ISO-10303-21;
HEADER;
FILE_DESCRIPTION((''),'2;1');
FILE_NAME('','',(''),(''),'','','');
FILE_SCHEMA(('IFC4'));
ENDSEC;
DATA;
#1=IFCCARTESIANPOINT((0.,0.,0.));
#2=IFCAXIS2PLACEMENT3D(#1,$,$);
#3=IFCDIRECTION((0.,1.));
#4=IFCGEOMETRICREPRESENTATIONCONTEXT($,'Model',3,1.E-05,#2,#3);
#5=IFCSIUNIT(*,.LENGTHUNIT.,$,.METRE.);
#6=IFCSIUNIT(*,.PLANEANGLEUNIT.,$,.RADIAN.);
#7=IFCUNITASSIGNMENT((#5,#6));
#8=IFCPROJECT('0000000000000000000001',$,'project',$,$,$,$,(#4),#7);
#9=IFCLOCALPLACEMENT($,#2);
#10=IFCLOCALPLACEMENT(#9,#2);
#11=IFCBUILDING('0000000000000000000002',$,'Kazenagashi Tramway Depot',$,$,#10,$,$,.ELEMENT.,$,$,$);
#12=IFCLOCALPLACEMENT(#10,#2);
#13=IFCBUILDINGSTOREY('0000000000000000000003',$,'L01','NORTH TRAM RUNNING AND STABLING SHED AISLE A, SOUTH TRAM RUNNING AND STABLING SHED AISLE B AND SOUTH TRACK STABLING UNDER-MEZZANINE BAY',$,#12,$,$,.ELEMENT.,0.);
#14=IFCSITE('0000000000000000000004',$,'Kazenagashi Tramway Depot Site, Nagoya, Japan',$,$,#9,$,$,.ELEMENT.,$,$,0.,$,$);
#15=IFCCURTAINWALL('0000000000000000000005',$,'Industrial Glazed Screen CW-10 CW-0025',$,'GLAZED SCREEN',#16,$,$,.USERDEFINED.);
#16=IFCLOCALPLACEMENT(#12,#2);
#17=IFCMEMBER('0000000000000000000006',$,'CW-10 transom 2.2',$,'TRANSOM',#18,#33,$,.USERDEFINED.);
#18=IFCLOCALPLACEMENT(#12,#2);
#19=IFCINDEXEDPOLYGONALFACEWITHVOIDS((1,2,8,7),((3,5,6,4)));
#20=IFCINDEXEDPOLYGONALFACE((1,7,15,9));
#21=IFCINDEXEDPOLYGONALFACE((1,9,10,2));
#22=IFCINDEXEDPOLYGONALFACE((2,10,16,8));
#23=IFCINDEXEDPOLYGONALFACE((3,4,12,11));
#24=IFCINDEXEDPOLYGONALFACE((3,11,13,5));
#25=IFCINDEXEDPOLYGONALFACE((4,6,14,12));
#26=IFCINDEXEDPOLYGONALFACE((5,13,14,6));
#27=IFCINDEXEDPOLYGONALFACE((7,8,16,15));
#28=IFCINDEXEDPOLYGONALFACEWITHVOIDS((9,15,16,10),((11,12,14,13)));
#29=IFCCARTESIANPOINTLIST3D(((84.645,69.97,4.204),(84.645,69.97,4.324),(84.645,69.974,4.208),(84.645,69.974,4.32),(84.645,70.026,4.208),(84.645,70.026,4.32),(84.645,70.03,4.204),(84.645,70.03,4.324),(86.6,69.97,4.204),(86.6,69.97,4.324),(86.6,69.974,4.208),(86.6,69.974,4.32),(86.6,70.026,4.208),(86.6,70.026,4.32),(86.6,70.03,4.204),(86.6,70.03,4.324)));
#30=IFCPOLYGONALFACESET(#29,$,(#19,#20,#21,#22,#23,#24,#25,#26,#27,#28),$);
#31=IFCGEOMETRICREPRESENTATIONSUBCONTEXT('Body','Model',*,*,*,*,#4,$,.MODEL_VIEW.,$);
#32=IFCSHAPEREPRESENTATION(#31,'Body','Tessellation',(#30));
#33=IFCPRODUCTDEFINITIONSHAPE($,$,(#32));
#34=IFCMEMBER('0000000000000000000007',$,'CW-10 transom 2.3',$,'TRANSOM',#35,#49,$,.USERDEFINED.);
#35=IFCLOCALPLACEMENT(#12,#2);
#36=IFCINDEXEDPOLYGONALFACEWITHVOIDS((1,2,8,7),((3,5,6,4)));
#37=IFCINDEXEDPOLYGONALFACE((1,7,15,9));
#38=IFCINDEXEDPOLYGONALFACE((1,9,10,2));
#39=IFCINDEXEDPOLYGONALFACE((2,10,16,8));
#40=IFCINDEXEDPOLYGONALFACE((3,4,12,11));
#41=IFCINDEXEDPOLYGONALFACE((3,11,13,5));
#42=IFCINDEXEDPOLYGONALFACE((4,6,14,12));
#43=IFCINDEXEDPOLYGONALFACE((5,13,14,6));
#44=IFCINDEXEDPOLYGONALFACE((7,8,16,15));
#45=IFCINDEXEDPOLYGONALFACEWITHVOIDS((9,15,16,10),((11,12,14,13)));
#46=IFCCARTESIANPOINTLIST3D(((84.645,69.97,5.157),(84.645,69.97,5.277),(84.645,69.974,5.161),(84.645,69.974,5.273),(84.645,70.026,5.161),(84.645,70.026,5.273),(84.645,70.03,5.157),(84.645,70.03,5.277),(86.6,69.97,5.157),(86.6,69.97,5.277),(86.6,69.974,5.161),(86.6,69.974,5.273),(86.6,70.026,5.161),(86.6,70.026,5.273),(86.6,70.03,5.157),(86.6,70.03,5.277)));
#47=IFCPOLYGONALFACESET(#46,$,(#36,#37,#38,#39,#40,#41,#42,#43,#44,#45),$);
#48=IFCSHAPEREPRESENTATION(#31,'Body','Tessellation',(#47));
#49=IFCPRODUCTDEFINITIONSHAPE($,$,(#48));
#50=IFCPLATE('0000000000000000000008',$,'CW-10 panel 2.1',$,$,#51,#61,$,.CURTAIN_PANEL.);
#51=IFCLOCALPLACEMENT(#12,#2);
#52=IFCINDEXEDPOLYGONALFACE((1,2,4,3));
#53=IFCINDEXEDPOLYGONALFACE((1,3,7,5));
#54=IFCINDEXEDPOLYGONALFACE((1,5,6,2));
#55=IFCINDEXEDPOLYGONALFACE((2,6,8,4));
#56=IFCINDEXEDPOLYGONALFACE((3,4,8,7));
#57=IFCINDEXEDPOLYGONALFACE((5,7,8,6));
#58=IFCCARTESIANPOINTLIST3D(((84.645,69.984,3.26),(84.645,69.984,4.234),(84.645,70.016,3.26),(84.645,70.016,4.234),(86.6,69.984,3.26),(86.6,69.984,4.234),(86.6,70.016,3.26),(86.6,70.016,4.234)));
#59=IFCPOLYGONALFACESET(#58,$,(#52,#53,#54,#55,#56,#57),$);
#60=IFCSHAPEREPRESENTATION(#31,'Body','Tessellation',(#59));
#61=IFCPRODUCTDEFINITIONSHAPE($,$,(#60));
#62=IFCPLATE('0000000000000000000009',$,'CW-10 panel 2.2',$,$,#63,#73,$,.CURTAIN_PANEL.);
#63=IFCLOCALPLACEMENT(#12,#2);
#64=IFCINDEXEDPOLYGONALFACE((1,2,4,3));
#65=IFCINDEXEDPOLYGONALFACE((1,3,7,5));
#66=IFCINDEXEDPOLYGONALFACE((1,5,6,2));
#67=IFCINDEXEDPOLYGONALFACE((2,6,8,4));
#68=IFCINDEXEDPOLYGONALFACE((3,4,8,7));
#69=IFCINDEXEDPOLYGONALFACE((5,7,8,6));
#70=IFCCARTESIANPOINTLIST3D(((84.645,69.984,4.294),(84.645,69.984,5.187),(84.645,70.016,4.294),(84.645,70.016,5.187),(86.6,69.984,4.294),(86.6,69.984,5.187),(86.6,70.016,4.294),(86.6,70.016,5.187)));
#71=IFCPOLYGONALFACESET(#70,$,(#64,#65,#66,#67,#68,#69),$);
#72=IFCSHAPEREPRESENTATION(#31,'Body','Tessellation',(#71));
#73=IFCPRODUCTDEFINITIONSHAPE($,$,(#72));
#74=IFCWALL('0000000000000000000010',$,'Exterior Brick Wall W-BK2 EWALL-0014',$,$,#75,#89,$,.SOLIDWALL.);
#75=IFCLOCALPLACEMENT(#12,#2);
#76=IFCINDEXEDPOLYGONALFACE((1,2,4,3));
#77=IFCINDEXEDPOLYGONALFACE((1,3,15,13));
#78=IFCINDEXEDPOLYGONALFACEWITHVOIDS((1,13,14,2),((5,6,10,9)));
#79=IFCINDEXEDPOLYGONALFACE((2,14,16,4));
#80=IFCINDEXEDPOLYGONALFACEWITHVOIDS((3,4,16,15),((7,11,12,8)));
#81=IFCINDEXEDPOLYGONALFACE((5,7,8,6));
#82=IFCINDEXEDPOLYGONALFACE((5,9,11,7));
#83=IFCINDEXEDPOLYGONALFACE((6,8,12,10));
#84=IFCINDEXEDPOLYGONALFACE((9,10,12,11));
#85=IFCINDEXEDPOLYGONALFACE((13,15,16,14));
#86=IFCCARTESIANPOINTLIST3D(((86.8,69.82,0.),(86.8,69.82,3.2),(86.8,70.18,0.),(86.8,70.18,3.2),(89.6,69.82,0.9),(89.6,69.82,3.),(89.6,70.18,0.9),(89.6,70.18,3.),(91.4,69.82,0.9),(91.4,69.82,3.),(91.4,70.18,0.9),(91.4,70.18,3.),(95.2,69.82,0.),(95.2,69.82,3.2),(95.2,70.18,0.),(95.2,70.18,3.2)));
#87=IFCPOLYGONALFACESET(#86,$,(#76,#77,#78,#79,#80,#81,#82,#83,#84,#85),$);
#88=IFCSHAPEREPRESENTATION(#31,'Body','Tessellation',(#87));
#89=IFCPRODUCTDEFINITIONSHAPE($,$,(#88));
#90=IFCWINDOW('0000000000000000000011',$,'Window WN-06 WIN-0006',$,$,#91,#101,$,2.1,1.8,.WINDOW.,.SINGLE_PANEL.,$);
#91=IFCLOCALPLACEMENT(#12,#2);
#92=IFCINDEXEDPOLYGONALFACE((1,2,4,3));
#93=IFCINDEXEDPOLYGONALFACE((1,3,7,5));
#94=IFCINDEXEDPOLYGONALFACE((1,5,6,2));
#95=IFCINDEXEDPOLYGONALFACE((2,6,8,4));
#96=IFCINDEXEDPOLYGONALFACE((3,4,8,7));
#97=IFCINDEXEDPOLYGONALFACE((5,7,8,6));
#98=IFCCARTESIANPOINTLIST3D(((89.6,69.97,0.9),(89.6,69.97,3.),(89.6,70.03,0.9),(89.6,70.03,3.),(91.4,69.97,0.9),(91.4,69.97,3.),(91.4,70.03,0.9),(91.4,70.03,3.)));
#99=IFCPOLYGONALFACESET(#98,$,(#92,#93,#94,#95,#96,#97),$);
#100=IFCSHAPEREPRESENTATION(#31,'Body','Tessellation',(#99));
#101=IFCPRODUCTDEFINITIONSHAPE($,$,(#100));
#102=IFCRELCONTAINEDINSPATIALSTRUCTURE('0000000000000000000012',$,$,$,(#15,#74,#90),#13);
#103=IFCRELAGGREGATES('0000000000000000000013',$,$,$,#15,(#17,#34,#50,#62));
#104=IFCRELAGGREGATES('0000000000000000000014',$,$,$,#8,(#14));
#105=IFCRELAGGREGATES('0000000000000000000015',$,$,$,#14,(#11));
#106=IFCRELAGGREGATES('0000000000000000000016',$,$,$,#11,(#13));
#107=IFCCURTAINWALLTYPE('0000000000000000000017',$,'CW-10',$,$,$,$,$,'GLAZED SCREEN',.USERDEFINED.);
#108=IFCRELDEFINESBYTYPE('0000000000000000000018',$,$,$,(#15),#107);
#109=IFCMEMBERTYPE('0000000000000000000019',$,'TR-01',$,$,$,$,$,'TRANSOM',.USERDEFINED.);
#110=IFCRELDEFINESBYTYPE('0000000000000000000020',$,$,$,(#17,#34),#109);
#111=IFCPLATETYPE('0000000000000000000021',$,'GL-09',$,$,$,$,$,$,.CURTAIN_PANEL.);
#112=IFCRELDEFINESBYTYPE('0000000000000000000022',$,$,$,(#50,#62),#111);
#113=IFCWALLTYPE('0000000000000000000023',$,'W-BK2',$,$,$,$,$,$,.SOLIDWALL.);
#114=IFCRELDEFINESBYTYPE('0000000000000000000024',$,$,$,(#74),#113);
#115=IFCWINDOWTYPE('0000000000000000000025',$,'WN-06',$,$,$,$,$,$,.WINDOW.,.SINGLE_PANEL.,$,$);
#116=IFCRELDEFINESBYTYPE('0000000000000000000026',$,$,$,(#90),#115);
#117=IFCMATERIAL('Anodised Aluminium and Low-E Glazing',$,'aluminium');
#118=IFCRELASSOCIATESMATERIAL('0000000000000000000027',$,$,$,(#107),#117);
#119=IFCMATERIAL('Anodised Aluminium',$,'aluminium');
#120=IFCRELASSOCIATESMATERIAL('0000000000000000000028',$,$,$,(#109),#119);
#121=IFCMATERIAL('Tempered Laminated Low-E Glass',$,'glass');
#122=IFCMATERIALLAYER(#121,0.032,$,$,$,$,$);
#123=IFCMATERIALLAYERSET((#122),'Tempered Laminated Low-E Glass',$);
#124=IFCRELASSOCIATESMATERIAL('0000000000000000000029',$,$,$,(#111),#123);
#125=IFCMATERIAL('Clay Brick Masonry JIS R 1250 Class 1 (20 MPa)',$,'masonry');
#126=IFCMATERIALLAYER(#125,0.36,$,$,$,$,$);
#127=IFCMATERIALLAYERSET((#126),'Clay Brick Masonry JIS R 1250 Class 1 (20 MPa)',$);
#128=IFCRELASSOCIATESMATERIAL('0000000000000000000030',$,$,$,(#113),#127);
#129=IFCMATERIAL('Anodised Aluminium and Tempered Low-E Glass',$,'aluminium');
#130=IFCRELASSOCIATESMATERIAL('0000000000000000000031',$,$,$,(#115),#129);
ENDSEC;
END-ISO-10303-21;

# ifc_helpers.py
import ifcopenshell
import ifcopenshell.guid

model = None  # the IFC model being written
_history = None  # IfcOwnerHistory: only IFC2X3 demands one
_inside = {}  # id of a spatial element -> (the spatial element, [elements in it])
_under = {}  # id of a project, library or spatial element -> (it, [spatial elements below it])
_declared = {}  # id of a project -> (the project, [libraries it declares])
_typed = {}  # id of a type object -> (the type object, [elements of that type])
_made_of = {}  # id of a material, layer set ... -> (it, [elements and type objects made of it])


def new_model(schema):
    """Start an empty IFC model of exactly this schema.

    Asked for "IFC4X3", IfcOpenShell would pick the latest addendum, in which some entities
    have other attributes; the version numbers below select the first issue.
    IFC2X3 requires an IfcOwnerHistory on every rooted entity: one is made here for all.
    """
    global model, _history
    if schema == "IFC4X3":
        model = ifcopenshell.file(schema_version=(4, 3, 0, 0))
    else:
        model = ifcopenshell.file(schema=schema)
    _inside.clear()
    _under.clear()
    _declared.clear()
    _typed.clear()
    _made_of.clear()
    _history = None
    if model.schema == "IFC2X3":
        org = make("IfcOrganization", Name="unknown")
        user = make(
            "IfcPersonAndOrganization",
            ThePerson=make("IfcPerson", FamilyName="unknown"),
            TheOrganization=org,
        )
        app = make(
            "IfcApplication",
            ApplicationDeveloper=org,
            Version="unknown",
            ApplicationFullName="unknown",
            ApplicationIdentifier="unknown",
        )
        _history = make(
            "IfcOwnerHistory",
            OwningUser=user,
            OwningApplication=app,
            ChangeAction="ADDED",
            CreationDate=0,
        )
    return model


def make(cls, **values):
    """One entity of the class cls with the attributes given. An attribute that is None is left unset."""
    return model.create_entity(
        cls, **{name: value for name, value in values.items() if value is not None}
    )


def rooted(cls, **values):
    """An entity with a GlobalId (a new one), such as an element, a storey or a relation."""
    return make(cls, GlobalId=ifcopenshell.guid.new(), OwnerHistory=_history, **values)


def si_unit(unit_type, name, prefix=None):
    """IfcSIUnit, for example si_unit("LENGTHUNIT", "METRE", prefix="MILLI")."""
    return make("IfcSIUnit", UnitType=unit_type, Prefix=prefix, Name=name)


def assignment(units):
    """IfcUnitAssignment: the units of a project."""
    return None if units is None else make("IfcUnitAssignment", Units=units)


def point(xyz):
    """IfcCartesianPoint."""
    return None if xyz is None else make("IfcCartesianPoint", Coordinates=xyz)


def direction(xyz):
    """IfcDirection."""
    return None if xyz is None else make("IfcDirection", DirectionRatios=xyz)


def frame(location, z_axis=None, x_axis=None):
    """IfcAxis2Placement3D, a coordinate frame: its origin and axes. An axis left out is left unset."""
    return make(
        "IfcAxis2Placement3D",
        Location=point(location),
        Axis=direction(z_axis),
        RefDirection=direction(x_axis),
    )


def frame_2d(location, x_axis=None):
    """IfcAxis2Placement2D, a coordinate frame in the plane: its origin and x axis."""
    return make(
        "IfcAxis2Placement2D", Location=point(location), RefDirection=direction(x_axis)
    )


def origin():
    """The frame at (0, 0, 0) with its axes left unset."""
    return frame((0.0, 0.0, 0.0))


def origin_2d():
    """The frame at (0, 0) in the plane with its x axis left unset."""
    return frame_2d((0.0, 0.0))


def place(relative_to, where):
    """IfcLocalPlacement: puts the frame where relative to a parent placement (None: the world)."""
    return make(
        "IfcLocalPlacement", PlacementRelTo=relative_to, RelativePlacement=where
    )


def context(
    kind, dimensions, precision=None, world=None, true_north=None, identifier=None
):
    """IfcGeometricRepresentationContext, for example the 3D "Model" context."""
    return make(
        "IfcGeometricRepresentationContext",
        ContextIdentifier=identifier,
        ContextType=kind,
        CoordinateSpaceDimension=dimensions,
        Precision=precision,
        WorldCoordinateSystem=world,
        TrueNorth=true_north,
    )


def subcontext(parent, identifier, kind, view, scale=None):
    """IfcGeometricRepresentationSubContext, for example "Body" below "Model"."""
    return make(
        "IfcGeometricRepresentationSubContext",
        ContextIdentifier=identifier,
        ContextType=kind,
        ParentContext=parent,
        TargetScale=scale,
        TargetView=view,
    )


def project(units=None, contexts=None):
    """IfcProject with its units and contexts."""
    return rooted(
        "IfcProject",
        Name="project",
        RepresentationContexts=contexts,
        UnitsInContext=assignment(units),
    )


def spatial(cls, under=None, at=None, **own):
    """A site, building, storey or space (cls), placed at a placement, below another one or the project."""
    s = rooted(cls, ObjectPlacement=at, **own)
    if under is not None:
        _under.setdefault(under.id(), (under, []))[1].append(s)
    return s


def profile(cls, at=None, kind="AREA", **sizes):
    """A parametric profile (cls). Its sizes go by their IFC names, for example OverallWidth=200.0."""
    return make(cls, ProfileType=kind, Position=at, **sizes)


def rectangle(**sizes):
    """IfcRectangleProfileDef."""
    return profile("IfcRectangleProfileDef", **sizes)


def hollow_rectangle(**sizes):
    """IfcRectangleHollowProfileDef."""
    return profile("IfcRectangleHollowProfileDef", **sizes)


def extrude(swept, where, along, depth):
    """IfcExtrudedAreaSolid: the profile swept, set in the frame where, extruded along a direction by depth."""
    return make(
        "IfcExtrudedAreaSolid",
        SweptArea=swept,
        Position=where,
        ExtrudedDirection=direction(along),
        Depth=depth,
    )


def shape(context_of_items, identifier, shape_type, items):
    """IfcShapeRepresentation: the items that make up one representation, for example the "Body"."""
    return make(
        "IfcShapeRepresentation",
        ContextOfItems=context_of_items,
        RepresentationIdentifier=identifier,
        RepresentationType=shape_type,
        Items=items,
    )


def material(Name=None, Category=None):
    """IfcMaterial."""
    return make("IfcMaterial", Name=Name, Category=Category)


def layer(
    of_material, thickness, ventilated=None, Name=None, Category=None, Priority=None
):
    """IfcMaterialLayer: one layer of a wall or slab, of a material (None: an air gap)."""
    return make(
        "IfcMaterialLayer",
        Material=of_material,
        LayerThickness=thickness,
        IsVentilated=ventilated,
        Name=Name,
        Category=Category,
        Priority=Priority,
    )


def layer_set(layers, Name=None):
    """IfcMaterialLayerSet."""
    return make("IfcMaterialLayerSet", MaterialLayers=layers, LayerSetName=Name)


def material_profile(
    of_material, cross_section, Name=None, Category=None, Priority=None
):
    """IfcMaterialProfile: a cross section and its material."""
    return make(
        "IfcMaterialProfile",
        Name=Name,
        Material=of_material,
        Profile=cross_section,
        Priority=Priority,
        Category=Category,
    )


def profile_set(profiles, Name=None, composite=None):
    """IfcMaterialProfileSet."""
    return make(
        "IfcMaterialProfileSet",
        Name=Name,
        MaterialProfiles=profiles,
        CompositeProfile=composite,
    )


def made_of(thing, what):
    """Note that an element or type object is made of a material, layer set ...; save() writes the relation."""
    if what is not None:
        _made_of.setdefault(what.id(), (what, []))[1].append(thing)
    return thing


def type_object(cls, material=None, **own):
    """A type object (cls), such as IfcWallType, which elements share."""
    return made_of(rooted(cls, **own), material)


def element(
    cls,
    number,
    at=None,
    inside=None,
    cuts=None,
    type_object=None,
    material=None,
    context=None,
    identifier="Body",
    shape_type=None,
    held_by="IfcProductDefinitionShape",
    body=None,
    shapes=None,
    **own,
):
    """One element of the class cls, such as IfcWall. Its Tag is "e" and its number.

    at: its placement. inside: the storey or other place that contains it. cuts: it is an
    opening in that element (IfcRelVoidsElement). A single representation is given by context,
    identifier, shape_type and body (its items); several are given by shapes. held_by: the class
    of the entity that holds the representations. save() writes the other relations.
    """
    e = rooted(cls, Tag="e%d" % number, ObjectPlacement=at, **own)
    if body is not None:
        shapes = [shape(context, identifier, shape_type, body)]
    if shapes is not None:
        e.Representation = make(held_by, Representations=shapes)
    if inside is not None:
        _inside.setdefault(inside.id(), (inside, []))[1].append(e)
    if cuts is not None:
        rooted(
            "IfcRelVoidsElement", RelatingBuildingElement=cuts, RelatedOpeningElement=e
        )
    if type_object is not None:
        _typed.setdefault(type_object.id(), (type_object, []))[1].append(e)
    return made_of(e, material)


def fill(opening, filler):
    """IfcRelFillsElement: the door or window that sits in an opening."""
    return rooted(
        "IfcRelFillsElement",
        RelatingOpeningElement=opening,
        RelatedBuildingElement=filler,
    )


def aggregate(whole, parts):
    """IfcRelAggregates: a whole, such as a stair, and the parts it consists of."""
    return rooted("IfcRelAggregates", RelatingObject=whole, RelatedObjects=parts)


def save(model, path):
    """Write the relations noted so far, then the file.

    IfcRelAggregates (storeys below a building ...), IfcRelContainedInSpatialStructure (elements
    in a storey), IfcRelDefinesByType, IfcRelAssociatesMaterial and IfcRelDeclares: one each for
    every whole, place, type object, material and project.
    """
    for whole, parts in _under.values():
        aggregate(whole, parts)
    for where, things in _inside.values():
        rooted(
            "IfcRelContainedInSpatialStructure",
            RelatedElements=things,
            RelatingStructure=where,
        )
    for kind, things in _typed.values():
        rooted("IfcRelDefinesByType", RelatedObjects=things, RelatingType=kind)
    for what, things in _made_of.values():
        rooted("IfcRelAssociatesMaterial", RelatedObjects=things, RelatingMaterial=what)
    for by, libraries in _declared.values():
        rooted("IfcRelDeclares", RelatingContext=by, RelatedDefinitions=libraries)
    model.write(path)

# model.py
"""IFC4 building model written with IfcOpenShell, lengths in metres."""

from ifc_helpers import new_model, si_unit, direction, frame, frame_2d, origin, origin_2d, place, context, subcontext, project, spatial, rectangle, hollow_rectangle, extrude, material, layer, layer_set, material_profile, profile_set, type_object, element, fill, aggregate, save


model = new_model("IFC4")

# Units and contexts
model_context = context("Model", 3, precision=1e-05, world=origin(), true_north=direction((0.0, 1.0)))
body_context = subcontext(model_context, "Body", "Model", "MODEL_VIEW")
ifc_project = project(units=[si_unit("LENGTHUNIT", "METRE"), si_unit("PLANEANGLEUNIT", "RADIAN")], contexts=[model_context])

# Site, building, storey
site_placement = place(None, origin())
site = spatial("IfcSite", under=ifc_project, at=site_placement, Name="Kazenagashi Tramway Depot Site, Nagoya, Japan", CompositionType="ELEMENT", RefElevation=0.0)
building_placement = place(site_placement, origin())
building = spatial("IfcBuilding", under=site, at=building_placement, Name="Kazenagashi Tramway Depot", CompositionType="ELEMENT")
storey_placement = place(building_placement, origin())
storey = spatial("IfcBuildingStorey", under=building, at=storey_placement, Name="L01", Description="NORTH TRAM RUNNING AND STABLING SHED AISLE A, SOUTH TRAM RUNNING AND STABLING SHED AISLE B AND SOUTH TRACK STABLING UNDER-MEZZANINE BAY", CompositionType="ELEMENT", Elevation=0.0)

# Curtain wall, members, plates
ifc_material_1 = material(Name="Anodised Aluminium and Low-E Glazing", Category="aluminium")
curtain_wall_type = type_object("IfcCurtainWallType", Name="CW-10", ElementType="GLAZED SCREEN", PredefinedType="USERDEFINED", material=ifc_material_1)
curtain_wall_placement = place(storey_placement, origin())
curtain_wall = element("IfcCurtainWall", 1, at=curtain_wall_placement, inside=storey, type_object=curtain_wall_type, Name="Industrial Glazed Screen CW-10 CW-0025", ObjectType="GLAZED SCREEN", PredefinedType="USERDEFINED")
ifc_material_2 = material(Name="Anodised Aluminium", Category="aluminium")
ifc_material_profile_1 = material_profile(ifc_material_2, hollow_rectangle(XDim=0.06, YDim=0.12, WallThickness=0.004, at=origin_2d()), Name="RHS-120x60x4")
ifc_profile_set_1 = profile_set([ifc_material_profile_1], Name="Anodised Aluminium")
member_type_1 = type_object("IfcMemberType", Name="TR-01", ElementType="TRANSOM", PredefinedType="USERDEFINED", material=ifc_profile_set_1)
member_1_placement = place(storey_placement, frame((84.645, 70.0, 4.264), z_axis=(1.0, 0.0, 0.0), x_axis=(0.0, 1.0, 0.0)))
member_1 = element("IfcMember", 2, at=member_1_placement, type_object=member_type_1, Name="CW-10 transom 2.2", ObjectType="TRANSOM", PredefinedType="USERDEFINED", context=body_context, shape_type="SweptSolid", body=[
    extrude(hollow_rectangle(XDim=0.06, YDim=0.12, WallThickness=0.004, at=origin_2d()), origin(), (0.0, 0.0, 1.0), 1.955),
])
member_2_placement = place(storey_placement, frame((84.645, 70.0, 5.217), z_axis=(1.0, 0.0, 0.0), x_axis=(0.0, 1.0, 0.0)))
member_2 = element("IfcMember", 3, at=member_2_placement, type_object=member_type_1, Name="CW-10 transom 2.3", ObjectType="TRANSOM", PredefinedType="USERDEFINED", context=body_context, shape_type="SweptSolid", body=[
    extrude(hollow_rectangle(XDim=0.06, YDim=0.12, WallThickness=0.004, at=origin_2d()), origin(), (0.0, 0.0, 1.0), 1.955),
])
ifc_material_3 = material(Name="Tempered Laminated Low-E Glass", Category="glass")
ifc_layer_1 = layer(ifc_material_3, 0.032)
ifc_layer_set_1 = layer_set([ifc_layer_1], Name="Tempered Laminated Low-E Glass")
plate_type = type_object("IfcPlateType", Name="GL-09", PredefinedType="CURTAIN_PANEL", material=ifc_layer_set_1)
plate_1_placement = place(storey_placement, frame((85.6225, 70.0, 3.26), z_axis=(0.0, 0.0, 1.0), x_axis=(1.0, 0.0, 0.0)))
plate_1 = element("IfcPlate", 4, at=plate_1_placement, type_object=plate_type, Name="CW-10 panel 2.1", PredefinedType="CURTAIN_PANEL", context=body_context, shape_type="SweptSolid", body=[
    extrude(rectangle(XDim=1.955, YDim=0.032, at=origin_2d()), origin(), (0.0, 0.0, 1.0), 0.974),
])
plate_2_placement = place(storey_placement, frame((85.6225, 70.0, 4.294), z_axis=(0.0, 0.0, 1.0), x_axis=(1.0, 0.0, 0.0)))
plate_2 = element("IfcPlate", 5, at=plate_2_placement, type_object=plate_type, Name="CW-10 panel 2.2", PredefinedType="CURTAIN_PANEL", context=body_context, shape_type="SweptSolid", body=[
    extrude(rectangle(XDim=1.955, YDim=0.032, at=origin_2d()), origin(), (0.0, 0.0, 1.0), 0.893),
])
aggregate(curtain_wall, [member_1, member_2, plate_1, plate_2])

# Wall, opening, window
ifc_material_4 = material(Name="Clay Brick Masonry JIS R 1250 Class 1 (20 MPa)", Category="masonry")
ifc_layer_2 = layer(ifc_material_4, 0.36)
ifc_layer_set_2 = layer_set([ifc_layer_2], Name="Clay Brick Masonry JIS R 1250 Class 1 (20 MPa)")
wall_type = type_object("IfcWallType", Name="W-BK2", PredefinedType="SOLIDWALL", material=ifc_layer_set_2)
wall_placement = place(storey_placement, frame((86.8, 70.0, 0.0), z_axis=(0.0, 0.0, 1.0), x_axis=(1.0, 0.0, 0.0)))
wall = element("IfcWall", 6, at=wall_placement, inside=storey, type_object=wall_type, Name="Exterior Brick Wall W-BK2 EWALL-0014", PredefinedType="SOLIDWALL", context=body_context, shape_type="SweptSolid", body=[
    extrude(rectangle(XDim=8.4, YDim=0.36, at=frame_2d((4.2, 0.0))), origin(), (0.0, 0.0, 1.0), 3.2),
])
opening_placement = place(wall_placement, frame((2.8, 0.0, 0.9)))
opening = element("IfcOpeningElement", 7, at=opening_placement, cuts=wall, PredefinedType="OPENING", context=body_context, shape_type="SweptSolid", body=[
    extrude(rectangle(XDim=1.8, YDim=2.1, at=frame_2d((0.9, 1.05))), frame((0.0, 0.19, 0.0), z_axis=(0.0, -1.0, 0.0), x_axis=(1.0, 0.0, 0.0)), (0.0, 0.0, 1.0), 0.38),
])
ifc_material_5 = material(Name="Anodised Aluminium and Tempered Low-E Glass", Category="aluminium")
window_type = type_object("IfcWindowType", Name="WN-06", PartitioningType="SINGLE_PANEL", PredefinedType="WINDOW", material=ifc_material_5)
window_placement = place(opening_placement, origin())
window = element("IfcWindow", 8, at=window_placement, inside=storey, type_object=window_type, Name="Window WN-06 WIN-0006", OverallHeight=2.1, OverallWidth=1.8, PartitioningType="SINGLE_PANEL", PredefinedType="WINDOW", context=body_context, shape_type="SweptSolid", body=[
    extrude(rectangle(XDim=1.8, YDim=2.1, at=frame_2d((0.9, 1.05))), frame((0.0, 0.03, 0.0), z_axis=(0.0, -1.0, 0.0), x_axis=(1.0, 0.0, 0.0)), (0.0, 0.0, 1.0), 0.06),
])
fill(opening, window)

save(model, "model.ifc")
